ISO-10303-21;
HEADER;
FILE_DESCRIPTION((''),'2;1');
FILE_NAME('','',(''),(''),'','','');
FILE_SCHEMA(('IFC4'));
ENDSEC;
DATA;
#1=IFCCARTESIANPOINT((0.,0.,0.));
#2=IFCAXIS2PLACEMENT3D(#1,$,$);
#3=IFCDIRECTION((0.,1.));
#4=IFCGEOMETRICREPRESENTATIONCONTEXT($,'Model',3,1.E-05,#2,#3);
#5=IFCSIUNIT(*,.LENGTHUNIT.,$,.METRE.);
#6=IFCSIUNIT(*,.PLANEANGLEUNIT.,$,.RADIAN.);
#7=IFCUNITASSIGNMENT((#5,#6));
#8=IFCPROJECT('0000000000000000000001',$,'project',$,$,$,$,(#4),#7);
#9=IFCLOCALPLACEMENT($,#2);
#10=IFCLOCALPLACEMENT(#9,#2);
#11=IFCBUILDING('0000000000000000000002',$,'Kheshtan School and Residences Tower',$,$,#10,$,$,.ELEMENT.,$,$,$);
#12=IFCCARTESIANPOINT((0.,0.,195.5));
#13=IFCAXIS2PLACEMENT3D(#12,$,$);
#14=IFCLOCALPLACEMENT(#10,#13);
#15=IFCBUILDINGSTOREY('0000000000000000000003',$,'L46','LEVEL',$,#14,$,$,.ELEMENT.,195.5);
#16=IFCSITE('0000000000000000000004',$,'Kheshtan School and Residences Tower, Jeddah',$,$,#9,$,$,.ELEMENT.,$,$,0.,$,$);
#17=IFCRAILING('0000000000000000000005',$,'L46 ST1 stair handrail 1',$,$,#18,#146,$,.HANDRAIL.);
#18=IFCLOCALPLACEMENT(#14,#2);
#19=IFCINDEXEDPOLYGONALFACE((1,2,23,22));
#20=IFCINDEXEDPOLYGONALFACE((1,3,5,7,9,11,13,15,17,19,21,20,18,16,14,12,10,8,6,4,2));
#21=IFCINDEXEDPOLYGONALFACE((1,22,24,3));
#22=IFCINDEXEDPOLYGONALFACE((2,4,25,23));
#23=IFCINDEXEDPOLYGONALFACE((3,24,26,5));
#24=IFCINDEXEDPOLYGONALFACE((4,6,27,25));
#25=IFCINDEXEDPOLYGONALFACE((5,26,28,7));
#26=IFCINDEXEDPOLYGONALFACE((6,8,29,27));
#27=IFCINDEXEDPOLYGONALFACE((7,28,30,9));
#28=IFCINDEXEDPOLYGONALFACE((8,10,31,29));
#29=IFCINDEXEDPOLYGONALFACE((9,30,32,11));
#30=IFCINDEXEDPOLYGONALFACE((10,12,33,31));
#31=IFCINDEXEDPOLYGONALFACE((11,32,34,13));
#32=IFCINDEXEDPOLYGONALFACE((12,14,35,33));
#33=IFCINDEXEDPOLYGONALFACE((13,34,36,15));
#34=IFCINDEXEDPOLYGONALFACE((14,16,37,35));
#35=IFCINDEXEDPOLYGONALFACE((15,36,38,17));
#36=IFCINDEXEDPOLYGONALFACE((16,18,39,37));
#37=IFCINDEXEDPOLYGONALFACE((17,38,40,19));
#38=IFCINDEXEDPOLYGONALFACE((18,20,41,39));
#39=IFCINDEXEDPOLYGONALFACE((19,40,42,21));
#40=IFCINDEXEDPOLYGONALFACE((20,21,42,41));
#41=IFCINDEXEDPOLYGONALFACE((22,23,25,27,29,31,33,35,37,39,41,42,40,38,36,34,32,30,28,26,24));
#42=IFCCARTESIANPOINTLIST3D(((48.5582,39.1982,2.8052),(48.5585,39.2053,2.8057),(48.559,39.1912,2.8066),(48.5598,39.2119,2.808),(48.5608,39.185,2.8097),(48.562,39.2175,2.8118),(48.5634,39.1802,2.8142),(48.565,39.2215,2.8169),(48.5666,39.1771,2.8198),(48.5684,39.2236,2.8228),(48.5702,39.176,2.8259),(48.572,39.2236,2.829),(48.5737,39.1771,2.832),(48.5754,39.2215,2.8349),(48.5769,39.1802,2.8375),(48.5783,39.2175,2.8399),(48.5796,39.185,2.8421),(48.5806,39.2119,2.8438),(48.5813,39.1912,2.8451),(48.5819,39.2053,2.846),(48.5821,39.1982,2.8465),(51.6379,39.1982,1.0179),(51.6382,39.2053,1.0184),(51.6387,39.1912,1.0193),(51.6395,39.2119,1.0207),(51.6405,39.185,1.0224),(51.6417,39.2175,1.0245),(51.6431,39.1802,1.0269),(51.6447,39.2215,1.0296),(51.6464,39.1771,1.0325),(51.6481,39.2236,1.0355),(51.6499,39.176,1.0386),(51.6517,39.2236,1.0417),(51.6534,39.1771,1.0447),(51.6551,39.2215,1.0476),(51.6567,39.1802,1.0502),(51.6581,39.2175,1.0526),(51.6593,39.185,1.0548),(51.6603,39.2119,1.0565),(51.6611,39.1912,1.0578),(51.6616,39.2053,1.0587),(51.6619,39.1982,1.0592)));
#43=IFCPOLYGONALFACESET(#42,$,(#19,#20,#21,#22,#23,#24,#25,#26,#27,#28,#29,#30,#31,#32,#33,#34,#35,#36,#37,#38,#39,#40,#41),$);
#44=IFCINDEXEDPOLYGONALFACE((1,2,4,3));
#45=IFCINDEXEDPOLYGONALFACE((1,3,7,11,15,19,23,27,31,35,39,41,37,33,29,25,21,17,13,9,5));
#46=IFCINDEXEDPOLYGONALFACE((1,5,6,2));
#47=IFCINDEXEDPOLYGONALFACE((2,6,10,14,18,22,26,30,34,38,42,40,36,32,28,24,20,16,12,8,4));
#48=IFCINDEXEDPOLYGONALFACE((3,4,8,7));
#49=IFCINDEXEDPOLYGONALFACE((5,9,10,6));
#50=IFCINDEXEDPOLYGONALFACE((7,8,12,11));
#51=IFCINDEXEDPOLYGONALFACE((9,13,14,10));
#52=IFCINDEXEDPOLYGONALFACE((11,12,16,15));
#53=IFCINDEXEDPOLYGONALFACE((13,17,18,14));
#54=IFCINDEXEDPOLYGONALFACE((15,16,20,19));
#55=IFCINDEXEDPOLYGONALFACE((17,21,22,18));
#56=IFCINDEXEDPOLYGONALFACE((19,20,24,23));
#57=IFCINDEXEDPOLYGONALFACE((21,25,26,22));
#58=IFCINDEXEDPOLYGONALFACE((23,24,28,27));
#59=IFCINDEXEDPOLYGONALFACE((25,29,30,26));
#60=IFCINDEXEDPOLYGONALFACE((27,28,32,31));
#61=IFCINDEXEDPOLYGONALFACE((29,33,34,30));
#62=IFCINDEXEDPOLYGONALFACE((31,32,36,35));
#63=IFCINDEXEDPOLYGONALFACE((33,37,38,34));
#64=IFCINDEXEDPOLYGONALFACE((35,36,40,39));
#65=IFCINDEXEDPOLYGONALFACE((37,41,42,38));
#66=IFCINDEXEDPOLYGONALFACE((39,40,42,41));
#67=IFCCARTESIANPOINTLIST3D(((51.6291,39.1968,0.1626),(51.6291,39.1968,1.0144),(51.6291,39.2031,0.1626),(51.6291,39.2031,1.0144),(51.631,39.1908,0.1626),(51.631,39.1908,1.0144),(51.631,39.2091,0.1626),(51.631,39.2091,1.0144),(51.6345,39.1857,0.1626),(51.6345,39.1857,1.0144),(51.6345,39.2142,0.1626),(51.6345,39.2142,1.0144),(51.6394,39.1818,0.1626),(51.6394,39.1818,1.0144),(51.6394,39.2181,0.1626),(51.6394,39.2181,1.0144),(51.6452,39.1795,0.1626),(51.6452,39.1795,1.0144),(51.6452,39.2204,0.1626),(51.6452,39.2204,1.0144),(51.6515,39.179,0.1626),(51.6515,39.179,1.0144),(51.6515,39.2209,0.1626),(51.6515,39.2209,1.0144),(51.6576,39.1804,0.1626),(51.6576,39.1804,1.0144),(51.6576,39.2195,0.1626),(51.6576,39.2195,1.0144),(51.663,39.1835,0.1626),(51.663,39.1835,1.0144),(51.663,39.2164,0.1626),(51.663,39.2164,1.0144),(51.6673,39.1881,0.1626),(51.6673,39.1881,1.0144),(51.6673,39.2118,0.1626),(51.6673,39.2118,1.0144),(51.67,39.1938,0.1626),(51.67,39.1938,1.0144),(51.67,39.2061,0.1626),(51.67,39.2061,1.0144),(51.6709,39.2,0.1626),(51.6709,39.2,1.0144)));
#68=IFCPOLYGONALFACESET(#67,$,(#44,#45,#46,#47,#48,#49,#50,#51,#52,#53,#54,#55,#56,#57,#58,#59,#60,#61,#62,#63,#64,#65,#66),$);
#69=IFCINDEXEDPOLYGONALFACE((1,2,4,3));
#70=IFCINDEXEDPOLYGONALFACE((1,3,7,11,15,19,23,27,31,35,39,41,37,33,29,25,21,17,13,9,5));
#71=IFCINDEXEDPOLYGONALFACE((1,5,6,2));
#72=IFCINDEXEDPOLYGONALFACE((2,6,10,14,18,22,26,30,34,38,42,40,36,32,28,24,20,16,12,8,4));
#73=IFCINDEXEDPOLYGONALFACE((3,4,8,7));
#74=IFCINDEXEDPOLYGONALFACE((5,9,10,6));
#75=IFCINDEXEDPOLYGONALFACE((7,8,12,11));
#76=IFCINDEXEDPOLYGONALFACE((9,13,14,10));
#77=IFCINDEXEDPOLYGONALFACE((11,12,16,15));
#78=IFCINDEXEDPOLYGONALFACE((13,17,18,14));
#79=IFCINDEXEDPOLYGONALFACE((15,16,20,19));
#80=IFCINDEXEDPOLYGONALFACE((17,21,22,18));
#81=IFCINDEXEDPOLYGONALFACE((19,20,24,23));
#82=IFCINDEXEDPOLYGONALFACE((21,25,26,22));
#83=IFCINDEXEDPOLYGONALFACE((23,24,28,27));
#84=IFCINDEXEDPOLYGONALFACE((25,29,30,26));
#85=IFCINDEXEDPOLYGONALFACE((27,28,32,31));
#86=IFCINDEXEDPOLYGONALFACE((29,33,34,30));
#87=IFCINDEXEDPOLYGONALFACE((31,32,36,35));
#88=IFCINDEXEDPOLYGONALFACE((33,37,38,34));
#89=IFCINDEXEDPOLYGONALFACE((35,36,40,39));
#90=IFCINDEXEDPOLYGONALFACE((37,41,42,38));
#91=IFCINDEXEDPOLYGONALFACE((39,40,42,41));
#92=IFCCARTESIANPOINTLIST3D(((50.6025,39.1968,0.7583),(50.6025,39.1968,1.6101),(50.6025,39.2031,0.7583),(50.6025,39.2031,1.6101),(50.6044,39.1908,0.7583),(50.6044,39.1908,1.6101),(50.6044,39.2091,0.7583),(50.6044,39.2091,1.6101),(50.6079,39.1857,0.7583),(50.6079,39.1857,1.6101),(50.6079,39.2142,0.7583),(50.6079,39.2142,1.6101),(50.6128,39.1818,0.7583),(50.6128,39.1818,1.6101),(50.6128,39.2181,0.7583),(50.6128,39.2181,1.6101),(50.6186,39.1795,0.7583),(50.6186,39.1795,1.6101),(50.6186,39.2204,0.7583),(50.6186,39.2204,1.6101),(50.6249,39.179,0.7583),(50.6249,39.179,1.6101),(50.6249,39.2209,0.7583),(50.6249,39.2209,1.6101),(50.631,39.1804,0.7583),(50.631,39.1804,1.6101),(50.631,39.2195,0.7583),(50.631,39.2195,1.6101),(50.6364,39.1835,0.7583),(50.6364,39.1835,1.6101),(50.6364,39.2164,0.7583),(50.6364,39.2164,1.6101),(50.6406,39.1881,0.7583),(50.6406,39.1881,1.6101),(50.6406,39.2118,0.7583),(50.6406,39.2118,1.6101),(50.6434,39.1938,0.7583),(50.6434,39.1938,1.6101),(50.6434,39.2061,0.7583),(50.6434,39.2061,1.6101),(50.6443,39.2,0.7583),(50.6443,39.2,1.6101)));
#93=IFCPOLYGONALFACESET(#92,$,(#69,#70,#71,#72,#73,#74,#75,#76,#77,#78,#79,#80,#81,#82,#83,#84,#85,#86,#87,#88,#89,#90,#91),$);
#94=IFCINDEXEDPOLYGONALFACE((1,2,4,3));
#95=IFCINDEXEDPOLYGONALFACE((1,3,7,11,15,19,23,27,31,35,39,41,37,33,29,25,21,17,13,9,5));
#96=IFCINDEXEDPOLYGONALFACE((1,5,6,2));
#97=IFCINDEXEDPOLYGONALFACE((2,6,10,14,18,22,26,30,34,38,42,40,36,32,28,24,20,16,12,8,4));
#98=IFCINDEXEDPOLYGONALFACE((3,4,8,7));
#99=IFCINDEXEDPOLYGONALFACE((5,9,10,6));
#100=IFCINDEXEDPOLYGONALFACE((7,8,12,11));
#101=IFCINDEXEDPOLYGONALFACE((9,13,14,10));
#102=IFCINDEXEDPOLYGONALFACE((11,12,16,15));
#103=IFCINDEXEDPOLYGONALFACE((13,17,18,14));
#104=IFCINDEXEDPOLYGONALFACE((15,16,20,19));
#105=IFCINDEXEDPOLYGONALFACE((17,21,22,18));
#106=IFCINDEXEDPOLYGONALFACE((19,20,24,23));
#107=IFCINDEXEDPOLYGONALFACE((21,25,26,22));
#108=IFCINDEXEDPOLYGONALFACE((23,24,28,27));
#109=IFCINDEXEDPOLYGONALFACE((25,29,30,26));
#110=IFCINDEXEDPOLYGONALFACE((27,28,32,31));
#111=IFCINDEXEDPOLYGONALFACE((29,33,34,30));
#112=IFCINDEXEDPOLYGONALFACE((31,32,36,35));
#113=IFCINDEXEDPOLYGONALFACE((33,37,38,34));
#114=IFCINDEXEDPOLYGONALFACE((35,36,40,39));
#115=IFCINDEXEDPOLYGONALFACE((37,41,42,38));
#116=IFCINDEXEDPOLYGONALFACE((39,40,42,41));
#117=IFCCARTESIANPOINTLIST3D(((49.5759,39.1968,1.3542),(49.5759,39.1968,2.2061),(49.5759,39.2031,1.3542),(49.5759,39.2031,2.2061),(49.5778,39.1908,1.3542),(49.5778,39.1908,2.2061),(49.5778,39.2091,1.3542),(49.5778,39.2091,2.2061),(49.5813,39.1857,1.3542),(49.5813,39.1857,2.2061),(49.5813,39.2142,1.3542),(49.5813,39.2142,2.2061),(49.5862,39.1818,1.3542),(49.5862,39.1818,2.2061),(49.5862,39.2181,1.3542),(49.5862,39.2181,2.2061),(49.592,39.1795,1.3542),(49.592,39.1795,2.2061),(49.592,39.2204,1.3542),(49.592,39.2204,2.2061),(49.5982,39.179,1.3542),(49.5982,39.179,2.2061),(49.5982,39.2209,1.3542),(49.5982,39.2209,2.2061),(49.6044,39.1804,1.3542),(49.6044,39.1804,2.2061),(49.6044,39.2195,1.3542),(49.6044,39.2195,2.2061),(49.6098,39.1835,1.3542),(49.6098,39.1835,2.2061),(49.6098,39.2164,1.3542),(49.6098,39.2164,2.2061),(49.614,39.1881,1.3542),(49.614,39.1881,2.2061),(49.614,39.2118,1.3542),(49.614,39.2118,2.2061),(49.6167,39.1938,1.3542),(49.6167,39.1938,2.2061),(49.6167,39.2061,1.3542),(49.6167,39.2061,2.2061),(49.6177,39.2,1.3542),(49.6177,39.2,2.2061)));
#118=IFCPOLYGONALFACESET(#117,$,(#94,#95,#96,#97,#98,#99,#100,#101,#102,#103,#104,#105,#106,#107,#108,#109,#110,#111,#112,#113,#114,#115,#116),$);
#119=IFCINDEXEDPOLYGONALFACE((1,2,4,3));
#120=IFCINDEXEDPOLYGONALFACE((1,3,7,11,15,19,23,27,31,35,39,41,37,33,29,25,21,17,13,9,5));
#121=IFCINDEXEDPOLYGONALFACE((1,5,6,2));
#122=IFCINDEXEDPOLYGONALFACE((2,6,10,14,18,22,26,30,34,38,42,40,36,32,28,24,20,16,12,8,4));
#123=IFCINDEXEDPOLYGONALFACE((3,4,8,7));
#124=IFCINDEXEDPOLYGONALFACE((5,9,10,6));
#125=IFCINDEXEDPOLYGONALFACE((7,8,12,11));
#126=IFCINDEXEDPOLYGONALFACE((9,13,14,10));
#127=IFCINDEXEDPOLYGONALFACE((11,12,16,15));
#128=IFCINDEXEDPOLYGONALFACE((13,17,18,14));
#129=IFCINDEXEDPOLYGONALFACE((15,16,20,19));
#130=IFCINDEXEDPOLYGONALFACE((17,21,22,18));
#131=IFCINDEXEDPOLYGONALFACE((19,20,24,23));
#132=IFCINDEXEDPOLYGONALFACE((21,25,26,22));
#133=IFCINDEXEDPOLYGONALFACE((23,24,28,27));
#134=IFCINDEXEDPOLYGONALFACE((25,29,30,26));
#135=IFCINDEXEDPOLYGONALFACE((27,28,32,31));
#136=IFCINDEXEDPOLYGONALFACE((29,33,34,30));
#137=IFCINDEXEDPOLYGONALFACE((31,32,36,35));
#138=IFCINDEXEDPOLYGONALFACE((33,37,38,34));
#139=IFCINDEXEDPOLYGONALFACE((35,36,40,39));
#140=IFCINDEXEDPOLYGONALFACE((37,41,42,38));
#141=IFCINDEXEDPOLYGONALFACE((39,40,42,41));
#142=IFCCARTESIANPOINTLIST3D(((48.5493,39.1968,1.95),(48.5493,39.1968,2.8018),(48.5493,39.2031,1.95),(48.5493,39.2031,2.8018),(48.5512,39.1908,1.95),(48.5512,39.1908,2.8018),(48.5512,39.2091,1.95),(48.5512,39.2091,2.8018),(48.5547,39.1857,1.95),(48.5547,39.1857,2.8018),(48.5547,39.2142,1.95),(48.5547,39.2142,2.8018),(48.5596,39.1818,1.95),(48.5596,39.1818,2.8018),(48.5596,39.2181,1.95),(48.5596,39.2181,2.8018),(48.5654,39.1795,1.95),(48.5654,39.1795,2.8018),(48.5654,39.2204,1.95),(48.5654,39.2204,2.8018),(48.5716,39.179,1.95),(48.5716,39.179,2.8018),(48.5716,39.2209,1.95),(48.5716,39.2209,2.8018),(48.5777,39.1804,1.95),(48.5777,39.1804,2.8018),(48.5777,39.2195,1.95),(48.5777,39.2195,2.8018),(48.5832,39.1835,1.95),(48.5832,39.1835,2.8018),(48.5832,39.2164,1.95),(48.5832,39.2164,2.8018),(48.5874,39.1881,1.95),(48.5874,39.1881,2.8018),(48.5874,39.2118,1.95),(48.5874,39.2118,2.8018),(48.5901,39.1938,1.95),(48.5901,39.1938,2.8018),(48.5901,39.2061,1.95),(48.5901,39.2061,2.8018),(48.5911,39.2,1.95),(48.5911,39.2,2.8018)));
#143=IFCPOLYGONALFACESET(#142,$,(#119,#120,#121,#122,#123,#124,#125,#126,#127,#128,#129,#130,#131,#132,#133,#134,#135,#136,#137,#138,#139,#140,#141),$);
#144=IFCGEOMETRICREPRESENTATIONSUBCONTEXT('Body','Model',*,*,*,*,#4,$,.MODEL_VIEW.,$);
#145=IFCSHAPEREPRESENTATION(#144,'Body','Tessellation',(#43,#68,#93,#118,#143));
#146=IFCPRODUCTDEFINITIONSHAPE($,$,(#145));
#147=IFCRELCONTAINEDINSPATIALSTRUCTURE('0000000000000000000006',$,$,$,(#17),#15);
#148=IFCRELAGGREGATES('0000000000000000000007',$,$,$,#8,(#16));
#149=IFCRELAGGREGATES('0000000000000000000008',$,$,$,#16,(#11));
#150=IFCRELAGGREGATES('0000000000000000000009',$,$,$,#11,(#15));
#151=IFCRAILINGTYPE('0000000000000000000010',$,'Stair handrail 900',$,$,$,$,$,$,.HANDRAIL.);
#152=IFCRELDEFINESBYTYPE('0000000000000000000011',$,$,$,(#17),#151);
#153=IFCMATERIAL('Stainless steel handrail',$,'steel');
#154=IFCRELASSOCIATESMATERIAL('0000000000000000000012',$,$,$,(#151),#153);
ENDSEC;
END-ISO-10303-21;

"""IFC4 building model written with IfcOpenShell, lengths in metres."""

from ifc_helpers import new_model, si_unit, direction, frame, origin, origin_2d, place, context, subcontext, project, spatial, circle, extrude, material, type_object, element, save


model = new_model("IFC4")

# Units and contexts
model_context = context("Model", 3, precision=1e-05, world=origin(), true_north=direction((0.0, 1.0)))
body_context = subcontext(model_context, "Body", "Model", "MODEL_VIEW")
ifc_project = project(units=[si_unit("LENGTHUNIT", "METRE"), si_unit("PLANEANGLEUNIT", "RADIAN")], contexts=[model_context])

# Site, building, storey
site_placement = place(None, origin())
site = spatial("IfcSite", under=ifc_project, at=site_placement, Name="Kheshtan School and Residences Tower, Jeddah", CompositionType="ELEMENT", RefElevation=0.0)
building_placement = place(site_placement, origin())
building = spatial("IfcBuilding", under=site, at=building_placement, Name="Kheshtan School and Residences Tower", CompositionType="ELEMENT")
storey_placement = place(building_placement, frame((0.0, 0.0, 195.5)))
storey = spatial("IfcBuildingStorey", under=building, at=storey_placement, Name="L46", Description="LEVEL", CompositionType="ELEMENT", Elevation=195.5)

# Railing
ifc_material_1 = material(Name="Stainless steel handrail", Category="steel")
railing_type_1 = type_object("IfcRailingType", Name="Stair handrail 900", PredefinedType="HANDRAIL", material=ifc_material_1)
railing_1_placement = place(storey_placement, frame((51.6499, 39.2, 0.1626)))
element("IfcRailing", 1, at=railing_1_placement, inside=storey, type_object=railing_type_1, Name="L46 ST1 stair handrail 1", PredefinedType="HANDRAIL", context=body_context, shape_type="SweptSolid", body=[
    extrude(circle(Radius=0.0239, at=origin_2d()), frame((0.0, 0.0, 0.876), z_axis=(-0.864903, 0.0, 0.501939), x_axis=(0.0, -1.0, 0.0)), (0.0, 0.0, 1.0), 3.5608),
    extrude(circle(Radius=0.021, at=origin_2d()), origin(), (0.0, 0.0, 1.0), 0.8518),
    extrude(circle(Radius=0.021, at=origin_2d()), frame((-1.0266, 0.0, 0.5957)), (0.0, 0.0, 1.0), 0.8518),
    extrude(circle(Radius=0.021, at=origin_2d()), frame((-2.0532, 0.0, 1.1917)), (0.0, 0.0, 1.0), 0.8518),
    extrude(circle(Radius=0.021, at=origin_2d()), frame((-3.0798, 0.0, 1.7874)), (0.0, 0.0, 1.0), 0.8518),
])

save(model, "model.ifc")
